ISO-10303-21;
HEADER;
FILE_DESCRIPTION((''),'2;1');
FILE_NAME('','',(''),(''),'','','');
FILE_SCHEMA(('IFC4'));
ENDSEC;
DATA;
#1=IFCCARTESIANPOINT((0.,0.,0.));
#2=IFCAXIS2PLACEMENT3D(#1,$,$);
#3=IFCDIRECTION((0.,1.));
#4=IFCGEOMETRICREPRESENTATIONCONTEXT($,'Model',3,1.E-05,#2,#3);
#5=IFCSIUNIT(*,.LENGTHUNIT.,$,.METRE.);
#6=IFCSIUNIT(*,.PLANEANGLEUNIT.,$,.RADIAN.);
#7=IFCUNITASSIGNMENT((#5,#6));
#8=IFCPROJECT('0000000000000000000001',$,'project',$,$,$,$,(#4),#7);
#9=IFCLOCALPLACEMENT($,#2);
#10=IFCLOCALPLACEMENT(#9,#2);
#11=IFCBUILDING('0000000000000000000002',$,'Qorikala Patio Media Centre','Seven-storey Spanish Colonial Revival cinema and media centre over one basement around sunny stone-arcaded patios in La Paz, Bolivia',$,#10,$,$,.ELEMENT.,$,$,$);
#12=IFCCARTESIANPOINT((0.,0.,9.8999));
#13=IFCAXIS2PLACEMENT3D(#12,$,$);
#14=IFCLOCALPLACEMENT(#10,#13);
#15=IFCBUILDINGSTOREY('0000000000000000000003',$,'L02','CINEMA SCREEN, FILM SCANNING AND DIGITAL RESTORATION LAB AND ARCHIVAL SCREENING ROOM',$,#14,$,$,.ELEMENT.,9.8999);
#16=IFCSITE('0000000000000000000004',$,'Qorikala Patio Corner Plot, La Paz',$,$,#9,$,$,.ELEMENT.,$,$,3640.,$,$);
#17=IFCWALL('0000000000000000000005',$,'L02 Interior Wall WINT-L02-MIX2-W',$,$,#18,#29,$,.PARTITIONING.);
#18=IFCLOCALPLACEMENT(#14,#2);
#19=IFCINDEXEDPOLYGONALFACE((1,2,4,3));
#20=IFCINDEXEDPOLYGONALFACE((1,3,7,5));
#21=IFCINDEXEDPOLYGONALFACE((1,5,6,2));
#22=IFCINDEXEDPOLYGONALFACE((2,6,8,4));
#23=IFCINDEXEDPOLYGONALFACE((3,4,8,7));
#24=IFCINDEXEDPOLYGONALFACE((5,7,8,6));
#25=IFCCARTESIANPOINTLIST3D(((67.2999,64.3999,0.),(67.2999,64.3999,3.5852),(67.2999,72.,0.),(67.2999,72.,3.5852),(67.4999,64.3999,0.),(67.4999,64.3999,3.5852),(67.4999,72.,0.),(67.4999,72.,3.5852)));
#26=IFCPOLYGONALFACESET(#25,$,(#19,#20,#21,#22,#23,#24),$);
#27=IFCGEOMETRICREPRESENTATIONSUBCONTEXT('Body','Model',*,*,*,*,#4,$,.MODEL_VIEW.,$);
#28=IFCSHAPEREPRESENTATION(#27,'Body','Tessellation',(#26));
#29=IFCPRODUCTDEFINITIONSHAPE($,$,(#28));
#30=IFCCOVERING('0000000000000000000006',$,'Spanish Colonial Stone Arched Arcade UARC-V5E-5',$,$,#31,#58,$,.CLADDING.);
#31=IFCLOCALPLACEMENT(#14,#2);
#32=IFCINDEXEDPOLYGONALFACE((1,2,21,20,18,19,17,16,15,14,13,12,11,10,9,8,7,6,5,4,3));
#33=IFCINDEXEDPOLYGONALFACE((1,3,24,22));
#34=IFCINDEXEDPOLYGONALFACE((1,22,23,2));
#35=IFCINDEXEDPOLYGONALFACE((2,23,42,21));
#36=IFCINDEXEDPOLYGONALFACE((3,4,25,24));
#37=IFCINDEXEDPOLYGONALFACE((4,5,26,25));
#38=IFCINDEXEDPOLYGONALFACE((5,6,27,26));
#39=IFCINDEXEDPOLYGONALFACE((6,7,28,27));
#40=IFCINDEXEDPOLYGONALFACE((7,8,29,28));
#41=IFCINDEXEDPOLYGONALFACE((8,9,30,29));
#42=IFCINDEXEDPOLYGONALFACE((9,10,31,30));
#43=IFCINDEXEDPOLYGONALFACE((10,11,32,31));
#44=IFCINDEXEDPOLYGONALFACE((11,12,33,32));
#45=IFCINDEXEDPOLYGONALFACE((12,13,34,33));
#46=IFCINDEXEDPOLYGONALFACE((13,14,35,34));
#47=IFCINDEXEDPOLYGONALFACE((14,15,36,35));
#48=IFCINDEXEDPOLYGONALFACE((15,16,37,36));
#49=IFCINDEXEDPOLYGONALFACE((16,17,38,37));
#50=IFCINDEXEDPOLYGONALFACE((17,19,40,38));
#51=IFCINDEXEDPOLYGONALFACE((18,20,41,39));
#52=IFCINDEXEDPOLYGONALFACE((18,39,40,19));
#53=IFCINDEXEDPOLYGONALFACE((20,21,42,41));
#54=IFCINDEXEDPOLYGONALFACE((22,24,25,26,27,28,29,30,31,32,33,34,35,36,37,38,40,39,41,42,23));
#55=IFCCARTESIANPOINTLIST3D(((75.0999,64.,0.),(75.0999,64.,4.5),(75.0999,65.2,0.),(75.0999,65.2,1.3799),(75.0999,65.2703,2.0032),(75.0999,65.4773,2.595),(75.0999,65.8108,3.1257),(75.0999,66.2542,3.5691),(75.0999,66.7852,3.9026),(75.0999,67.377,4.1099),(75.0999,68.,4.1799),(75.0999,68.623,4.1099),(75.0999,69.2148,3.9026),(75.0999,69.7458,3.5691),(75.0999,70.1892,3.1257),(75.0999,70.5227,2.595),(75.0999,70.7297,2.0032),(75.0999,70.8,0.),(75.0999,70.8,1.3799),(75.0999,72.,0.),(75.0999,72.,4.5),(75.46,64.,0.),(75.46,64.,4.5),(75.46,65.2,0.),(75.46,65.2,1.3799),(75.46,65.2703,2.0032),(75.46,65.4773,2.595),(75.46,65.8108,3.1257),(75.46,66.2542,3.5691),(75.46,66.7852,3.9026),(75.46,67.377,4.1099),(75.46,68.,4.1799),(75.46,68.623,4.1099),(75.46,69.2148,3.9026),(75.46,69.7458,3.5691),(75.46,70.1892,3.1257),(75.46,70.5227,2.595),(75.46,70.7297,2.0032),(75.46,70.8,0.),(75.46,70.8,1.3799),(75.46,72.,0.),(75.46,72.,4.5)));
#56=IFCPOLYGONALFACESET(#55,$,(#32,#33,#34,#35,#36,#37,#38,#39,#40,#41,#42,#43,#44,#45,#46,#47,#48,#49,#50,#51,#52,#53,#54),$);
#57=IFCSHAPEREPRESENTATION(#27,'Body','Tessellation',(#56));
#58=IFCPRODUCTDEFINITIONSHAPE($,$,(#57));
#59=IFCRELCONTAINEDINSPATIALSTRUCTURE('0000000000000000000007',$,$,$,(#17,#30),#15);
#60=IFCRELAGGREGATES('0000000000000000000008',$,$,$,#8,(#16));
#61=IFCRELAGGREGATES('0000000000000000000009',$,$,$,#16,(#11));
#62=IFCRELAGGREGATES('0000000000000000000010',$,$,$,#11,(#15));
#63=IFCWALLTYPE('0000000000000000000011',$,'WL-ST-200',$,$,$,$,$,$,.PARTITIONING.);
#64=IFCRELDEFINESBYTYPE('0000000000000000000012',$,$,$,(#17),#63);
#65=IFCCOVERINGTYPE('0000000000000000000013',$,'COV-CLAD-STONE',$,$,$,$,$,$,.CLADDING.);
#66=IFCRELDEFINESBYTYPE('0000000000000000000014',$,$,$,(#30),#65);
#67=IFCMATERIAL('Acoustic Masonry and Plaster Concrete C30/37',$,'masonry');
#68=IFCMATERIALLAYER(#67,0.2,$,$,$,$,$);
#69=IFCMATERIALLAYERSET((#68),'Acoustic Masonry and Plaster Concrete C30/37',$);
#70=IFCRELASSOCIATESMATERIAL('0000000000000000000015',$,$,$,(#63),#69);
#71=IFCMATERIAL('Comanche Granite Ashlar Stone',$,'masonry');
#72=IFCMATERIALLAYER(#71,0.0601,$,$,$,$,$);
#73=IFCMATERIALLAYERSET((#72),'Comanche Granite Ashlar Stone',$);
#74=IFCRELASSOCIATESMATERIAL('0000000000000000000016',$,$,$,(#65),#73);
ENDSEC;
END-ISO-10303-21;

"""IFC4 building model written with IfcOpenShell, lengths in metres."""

from ifc_helpers import new_model, si_unit, direction, frame, frame_2d, origin, place, context, subcontext, project, spatial, polyline, rectangle, outline, extrude, material, layer, layer_set, type_object, element, save


model = new_model("IFC4")

# Units and contexts
model_context = context("Model", 3, precision=1e-05, world=origin(), true_north=direction((0.0, 1.0)))
body_context = subcontext(model_context, "Body", "Model", "MODEL_VIEW")
ifc_project = project(units=[si_unit("LENGTHUNIT", "METRE"), si_unit("PLANEANGLEUNIT", "RADIAN")], contexts=[model_context])

# Site, building, storey
site_placement = place(None, origin())
site = spatial("IfcSite", under=ifc_project, at=site_placement, Name="Qorikala Patio Corner Plot, La Paz", CompositionType="ELEMENT", RefElevation=3640.0)
building_placement = place(site_placement, origin())
building = spatial("IfcBuilding", under=site, at=building_placement, Name="Qorikala Patio Media Centre", Description="Seven-storey Spanish Colonial Revival cinema and media centre over one basement around sunny stone-arcaded patios in La Paz, Bolivia", CompositionType="ELEMENT")
storey_placement = place(building_placement, frame((0.0, 0.0, 9.8999)))
storey = spatial("IfcBuildingStorey", under=building, at=storey_placement, Name="L02", Description="CINEMA SCREEN, FILM SCANNING AND DIGITAL RESTORATION LAB AND ARCHIVAL SCREENING ROOM", CompositionType="ELEMENT", Elevation=9.8999)

# Wall
ifc_material_1 = material(Name="Acoustic Masonry and Plaster Concrete C30/37", Category="masonry")
ifc_layer_1 = layer(ifc_material_1, 0.2)
ifc_layer_set_1 = layer_set([ifc_layer_1], Name="Acoustic Masonry and Plaster Concrete C30/37")
wall_type_1 = type_object("IfcWallType", Name="WL-ST-200", PredefinedType="PARTITIONING", material=ifc_layer_set_1)
wall_1_placement = place(storey_placement, frame((67.3999, 64.3999, 0.0), z_axis=(0.0, 0.0, 1.0), x_axis=(0.0, 1.0, 0.0)))
element("IfcWall", 1, at=wall_1_placement, inside=storey, type_object=wall_type_1, Name="L02 Interior Wall WINT-L02-MIX2-W", PredefinedType="PARTITIONING", context=body_context, shape_type="SweptSolid", body=[
    extrude(rectangle(XDim=7.6001, YDim=0.2, at=frame_2d((3.8, 0.0))), origin(), (0.0, 0.0, 1.0), 3.5852),
])

# Covering
ifc_material_2 = material(Name="Comanche Granite Ashlar Stone", Category="masonry")
ifc_layer_2 = layer(ifc_material_2, 0.0601)
ifc_layer_set_2 = layer_set([ifc_layer_2], Name="Comanche Granite Ashlar Stone")
covering_type = type_object("IfcCoveringType", Name="COV-CLAD-STONE", PredefinedType="CLADDING", material=ifc_layer_set_2)
covering_placement = place(storey_placement, frame((75.28, 64.0, 0.0), z_axis=(0.0, 0.0, 1.0), x_axis=(0.0, 1.0, 0.0)))
element("IfcCovering", 2, at=covering_placement, inside=storey, type_object=covering_type, Name="Spanish Colonial Stone Arched Arcade UARC-V5E-5", PredefinedType="CLADDING", context=body_context, shape_type="SweptSolid", body=[
    extrude(outline(polyline([(0.0, 0.0), (1.2, 0.0), (1.2, 1.3799), (1.2703, 2.0032), (1.4773, 2.595), (1.8108, 3.1257), (2.2542, 3.5691), (2.7852, 3.9026), (3.377, 4.1099), (4.0, 4.1799), (4.623, 4.1099), (5.2148, 3.9026), (5.7458, 3.5691), (6.1892, 3.1257), (6.5227, 2.595), (6.7297, 2.0032), (6.8, 1.3799), (6.8, 0.0), (8.0, 0.0), (8.0, 4.5), (0.0, 4.5), (0.0, 0.0)])), frame((0.0, 0.1802, 0.0), z_axis=(0.0, -1.0, 0.0), x_axis=(1.0, 0.0, 0.0)), (0.0, 0.0, 1.0), 0.3601),
])

save(model, "model.ifc")
